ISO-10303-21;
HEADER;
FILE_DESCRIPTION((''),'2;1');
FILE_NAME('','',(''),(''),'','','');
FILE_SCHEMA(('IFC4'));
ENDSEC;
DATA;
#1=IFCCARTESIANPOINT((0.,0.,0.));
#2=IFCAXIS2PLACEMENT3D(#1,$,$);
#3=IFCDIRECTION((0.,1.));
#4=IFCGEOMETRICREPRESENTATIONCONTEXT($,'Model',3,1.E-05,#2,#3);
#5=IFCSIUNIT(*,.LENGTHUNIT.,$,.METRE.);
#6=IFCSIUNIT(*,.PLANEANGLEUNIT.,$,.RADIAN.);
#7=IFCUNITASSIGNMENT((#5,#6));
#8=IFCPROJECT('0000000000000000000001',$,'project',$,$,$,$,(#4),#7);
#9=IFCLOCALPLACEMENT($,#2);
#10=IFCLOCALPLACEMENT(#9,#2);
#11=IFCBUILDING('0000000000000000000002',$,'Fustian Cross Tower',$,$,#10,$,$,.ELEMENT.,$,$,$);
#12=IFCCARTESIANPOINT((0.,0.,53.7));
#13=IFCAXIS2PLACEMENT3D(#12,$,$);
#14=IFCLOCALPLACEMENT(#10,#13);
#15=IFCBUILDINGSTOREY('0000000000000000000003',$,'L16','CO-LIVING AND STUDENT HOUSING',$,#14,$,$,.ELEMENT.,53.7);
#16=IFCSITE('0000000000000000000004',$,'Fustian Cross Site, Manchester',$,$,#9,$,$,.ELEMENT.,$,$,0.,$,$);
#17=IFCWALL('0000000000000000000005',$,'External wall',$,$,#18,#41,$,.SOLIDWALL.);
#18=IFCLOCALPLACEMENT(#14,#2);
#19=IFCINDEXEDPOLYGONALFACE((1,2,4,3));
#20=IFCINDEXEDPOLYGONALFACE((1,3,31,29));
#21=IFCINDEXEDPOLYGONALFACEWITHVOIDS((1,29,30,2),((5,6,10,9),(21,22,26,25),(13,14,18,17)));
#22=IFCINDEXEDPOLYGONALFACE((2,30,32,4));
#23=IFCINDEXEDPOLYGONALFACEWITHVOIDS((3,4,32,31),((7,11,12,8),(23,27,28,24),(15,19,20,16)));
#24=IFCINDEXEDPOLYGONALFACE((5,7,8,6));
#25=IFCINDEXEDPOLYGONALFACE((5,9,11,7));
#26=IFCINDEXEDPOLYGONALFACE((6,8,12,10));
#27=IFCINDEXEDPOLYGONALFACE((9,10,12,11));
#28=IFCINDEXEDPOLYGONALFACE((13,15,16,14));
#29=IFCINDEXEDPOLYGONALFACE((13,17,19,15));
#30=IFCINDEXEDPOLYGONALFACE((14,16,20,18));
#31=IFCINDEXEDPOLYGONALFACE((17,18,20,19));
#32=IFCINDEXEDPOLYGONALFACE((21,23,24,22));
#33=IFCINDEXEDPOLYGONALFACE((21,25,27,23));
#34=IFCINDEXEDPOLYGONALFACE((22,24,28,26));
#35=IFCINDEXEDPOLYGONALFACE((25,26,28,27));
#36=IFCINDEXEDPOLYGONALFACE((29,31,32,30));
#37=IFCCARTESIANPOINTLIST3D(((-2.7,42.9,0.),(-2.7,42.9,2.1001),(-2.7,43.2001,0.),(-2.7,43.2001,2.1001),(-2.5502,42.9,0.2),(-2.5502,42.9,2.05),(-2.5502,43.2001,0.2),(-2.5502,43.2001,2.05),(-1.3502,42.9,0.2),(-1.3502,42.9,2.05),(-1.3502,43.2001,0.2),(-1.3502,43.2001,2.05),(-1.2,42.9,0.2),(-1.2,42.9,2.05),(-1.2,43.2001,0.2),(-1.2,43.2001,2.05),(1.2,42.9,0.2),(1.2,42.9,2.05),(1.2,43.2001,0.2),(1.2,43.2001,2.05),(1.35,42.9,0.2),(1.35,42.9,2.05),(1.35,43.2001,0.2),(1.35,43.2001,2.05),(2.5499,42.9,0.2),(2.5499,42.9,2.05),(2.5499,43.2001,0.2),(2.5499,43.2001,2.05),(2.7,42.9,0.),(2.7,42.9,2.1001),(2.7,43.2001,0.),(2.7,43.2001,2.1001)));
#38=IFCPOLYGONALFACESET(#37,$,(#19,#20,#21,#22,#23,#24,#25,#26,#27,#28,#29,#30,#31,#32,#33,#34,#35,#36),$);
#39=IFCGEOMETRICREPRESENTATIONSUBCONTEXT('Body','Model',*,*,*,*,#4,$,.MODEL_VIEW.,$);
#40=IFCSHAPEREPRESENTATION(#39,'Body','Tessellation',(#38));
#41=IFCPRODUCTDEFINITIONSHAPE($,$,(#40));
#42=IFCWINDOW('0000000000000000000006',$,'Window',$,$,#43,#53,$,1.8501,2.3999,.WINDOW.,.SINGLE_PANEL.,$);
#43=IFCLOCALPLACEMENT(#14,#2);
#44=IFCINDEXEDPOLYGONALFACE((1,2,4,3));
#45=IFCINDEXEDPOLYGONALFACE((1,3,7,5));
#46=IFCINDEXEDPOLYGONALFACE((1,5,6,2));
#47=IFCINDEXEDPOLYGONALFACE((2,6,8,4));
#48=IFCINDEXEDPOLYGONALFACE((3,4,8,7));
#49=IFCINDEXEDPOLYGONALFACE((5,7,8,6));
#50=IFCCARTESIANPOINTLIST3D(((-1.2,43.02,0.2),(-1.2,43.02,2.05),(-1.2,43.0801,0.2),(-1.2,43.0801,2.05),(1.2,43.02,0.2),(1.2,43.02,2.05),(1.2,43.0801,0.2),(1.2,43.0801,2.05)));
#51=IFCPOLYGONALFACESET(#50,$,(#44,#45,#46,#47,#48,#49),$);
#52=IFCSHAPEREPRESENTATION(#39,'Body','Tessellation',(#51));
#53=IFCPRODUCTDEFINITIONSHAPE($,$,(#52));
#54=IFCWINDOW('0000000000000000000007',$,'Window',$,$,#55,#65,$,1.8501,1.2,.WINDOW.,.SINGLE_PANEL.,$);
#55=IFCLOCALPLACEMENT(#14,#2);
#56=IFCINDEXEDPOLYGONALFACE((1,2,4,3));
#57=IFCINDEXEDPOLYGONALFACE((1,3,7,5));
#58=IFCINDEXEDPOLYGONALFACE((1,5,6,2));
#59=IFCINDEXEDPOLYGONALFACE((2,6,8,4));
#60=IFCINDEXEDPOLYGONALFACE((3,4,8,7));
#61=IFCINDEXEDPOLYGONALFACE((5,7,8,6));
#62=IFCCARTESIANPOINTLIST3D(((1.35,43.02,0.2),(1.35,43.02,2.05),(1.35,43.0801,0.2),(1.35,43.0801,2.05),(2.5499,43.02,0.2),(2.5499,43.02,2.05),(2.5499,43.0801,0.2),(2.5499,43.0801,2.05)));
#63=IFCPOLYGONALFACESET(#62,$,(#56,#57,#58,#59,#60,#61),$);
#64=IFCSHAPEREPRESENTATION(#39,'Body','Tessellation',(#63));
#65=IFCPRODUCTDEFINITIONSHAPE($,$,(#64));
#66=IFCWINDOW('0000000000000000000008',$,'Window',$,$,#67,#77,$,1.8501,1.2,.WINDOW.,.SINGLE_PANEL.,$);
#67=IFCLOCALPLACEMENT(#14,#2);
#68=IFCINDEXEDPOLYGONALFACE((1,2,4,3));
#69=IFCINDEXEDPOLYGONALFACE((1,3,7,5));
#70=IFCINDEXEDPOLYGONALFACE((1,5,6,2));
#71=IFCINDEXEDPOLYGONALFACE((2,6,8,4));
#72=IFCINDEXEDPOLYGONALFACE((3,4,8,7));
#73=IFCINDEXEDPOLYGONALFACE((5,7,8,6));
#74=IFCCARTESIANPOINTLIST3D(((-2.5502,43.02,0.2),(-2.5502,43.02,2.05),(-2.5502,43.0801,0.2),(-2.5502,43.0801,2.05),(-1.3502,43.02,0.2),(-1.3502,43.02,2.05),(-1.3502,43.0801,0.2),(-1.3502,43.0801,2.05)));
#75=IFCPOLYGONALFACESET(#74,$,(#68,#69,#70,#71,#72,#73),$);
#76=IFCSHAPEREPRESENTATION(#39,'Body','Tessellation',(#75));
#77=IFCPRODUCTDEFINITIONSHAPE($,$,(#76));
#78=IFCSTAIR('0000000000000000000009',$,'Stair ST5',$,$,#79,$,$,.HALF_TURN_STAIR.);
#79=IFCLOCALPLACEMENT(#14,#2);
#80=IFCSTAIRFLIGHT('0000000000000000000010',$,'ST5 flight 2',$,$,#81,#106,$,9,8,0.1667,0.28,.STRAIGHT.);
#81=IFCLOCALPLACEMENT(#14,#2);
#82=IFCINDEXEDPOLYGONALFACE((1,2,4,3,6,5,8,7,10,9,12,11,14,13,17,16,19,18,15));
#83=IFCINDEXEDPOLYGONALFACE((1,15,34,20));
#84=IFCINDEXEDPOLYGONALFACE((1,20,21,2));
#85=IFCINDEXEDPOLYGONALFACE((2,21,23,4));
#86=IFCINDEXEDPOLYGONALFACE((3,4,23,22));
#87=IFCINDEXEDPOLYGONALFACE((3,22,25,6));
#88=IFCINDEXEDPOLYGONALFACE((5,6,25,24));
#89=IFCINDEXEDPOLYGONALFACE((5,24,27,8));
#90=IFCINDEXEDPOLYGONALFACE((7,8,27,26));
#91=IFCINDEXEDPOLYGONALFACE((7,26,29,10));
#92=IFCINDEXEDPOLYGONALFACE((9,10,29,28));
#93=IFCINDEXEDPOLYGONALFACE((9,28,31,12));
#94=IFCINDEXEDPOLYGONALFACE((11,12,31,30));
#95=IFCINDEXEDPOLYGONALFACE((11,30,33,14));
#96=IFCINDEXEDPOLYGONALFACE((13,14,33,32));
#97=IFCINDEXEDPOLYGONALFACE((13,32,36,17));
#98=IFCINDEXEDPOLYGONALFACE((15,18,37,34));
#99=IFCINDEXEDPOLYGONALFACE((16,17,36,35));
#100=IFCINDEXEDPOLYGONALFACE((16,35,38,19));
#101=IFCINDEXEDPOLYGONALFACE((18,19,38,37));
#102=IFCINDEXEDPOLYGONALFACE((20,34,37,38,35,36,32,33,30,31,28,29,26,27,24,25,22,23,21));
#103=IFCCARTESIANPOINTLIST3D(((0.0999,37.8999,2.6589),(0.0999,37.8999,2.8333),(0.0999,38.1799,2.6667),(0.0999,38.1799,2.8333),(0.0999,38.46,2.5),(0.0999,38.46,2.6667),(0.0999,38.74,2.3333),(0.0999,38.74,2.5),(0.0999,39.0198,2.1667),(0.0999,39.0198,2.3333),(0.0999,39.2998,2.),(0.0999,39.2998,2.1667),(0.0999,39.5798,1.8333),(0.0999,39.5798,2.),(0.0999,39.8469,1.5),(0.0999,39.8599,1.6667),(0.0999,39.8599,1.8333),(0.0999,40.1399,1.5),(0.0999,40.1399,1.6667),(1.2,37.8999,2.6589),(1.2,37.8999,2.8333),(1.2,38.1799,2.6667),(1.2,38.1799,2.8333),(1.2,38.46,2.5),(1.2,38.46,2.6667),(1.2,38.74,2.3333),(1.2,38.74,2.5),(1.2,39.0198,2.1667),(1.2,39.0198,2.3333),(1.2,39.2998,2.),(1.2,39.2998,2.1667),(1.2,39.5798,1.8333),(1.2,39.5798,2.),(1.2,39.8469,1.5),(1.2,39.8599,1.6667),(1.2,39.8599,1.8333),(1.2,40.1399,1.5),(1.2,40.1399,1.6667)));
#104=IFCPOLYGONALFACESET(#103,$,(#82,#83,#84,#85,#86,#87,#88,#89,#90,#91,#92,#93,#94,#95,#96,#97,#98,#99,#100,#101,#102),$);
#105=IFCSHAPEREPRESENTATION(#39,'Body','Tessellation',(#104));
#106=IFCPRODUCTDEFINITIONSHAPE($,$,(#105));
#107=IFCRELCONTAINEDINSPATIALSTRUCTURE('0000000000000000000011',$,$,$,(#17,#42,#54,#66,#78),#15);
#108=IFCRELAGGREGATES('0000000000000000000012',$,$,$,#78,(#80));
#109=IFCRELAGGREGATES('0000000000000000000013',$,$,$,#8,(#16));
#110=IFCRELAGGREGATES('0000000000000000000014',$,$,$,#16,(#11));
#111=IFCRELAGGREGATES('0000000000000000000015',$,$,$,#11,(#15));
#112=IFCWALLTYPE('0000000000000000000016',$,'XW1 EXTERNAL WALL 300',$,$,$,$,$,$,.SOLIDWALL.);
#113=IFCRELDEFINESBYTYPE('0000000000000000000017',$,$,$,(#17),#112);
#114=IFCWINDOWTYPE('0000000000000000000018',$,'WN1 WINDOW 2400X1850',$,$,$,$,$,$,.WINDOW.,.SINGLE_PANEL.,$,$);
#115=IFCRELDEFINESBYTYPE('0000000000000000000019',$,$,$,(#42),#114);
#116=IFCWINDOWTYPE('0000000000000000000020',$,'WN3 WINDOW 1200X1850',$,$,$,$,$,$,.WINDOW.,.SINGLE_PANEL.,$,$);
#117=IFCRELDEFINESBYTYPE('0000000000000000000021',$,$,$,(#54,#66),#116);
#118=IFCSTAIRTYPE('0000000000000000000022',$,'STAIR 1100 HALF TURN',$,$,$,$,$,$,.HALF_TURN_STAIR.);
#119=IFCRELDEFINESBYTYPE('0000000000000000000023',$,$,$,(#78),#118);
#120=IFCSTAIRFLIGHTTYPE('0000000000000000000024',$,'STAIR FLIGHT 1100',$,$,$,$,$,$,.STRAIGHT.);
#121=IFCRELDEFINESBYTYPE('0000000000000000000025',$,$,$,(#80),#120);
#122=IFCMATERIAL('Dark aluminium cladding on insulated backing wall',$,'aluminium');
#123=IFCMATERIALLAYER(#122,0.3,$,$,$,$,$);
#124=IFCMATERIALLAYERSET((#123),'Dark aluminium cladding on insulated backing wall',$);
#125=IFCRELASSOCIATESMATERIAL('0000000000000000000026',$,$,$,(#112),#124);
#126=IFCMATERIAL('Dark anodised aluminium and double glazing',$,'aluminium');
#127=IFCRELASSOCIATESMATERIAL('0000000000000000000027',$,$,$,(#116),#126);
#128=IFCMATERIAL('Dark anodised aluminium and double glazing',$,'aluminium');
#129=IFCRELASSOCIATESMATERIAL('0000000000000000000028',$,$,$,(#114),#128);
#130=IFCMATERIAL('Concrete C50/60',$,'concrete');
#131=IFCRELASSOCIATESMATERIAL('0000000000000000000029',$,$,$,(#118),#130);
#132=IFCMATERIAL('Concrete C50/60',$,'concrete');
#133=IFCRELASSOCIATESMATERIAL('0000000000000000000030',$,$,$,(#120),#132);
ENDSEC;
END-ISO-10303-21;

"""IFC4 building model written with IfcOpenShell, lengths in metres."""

from ifc_helpers import new_model, si_unit, direction, frame, frame_2d, origin, place, context, subcontext, project, spatial, polyline, rectangle, outline, extrude, material, layer, layer_set, type_object, element, fill, aggregate, save


model = new_model("IFC4")

# Units and contexts
model_context = context("Model", 3, precision=1e-05, world=origin(), true_north=direction((0.0, 1.0)))
body_context = subcontext(model_context, "Body", "Model", "MODEL_VIEW")
ifc_project = project(units=[si_unit("LENGTHUNIT", "METRE"), si_unit("PLANEANGLEUNIT", "RADIAN")], contexts=[model_context])

# Site, building, storey
site_placement = place(None, origin())
site = spatial("IfcSite", under=ifc_project, at=site_placement, Name="Fustian Cross Site, Manchester", CompositionType="ELEMENT", RefElevation=0.0)
building_placement = place(site_placement, origin())
building = spatial("IfcBuilding", under=site, at=building_placement, Name="Fustian Cross Tower", CompositionType="ELEMENT")
storey_placement = place(building_placement, frame((0.0, 0.0, 53.7)))
storey = spatial("IfcBuildingStorey", under=building, at=storey_placement, Name="L16", Description="CO-LIVING AND STUDENT HOUSING", CompositionType="ELEMENT", Elevation=53.7)

# Shared definitions
ifc_material_1 = material(Name="Dark aluminium cladding on insulated backing wall", Category="aluminium")
ifc_layer_1 = layer(ifc_material_1, 0.3)
ifc_layer_set_1 = layer_set([ifc_layer_1], Name="Dark aluminium cladding on insulated backing wall")
wall_type_1 = type_object("IfcWallType", Name="XW1 EXTERNAL WALL 300", PredefinedType="SOLIDWALL", material=ifc_layer_set_1)
ifc_material_2 = material(Name="Dark anodised aluminium and double glazing", Category="aluminium")
window_type_1 = type_object("IfcWindowType", Name="WN3 WINDOW 1200X1850", PartitioningType="SINGLE_PANEL", PredefinedType="WINDOW", material=ifc_material_2)

# Wall, openings, windows
wall_1_placement = place(storey_placement, frame((2.7, 43.05, 0.0), z_axis=(0.0, 0.0, 1.0), x_axis=(-1.0, 0.0, 0.0)))
wall_1 = element("IfcWall", 1, at=wall_1_placement, inside=storey, type_object=wall_type_1, Name="External wall", PredefinedType="SOLIDWALL", context=body_context, shape_type="SweptSolid", body=[
    extrude(rectangle(XDim=5.3999, YDim=0.3, at=frame_2d((2.7, 0.0))), origin(), (0.0, 0.0, 1.0), 2.1001),
])
opening_1_placement = place(wall_1_placement, frame((1.5, 0.0, 0.2)))
opening_1 = element("IfcOpeningElement", 2, at=opening_1_placement, cuts=wall_1, PredefinedType="OPENING", context=body_context, shape_type="SweptSolid", body=[
    extrude(rectangle(XDim=2.3999, YDim=1.8501, at=frame_2d((1.2, 0.925))), frame((0.0, 0.1599, 0.0), z_axis=(0.0, -1.0, 0.0), x_axis=(1.0, 0.0, 0.0)), (0.0, 0.0, 1.0), 0.3201),
])
opening_2_placement = place(wall_1_placement, frame((0.1499, 0.0, 0.2)))
opening_2 = element("IfcOpeningElement", 3, at=opening_2_placement, cuts=wall_1, PredefinedType="OPENING", context=body_context, shape_type="SweptSolid", body=[
    extrude(rectangle(XDim=1.2, YDim=1.8501, at=frame_2d((0.6001, 0.925))), frame((0.0, 0.1599, 0.0), z_axis=(0.0, -1.0, 0.0), x_axis=(1.0, 0.0, 0.0)), (0.0, 0.0, 1.0), 0.3201),
])
opening_3_placement = place(wall_1_placement, frame((4.05, 0.0, 0.2)))
opening_3 = element("IfcOpeningElement", 4, at=opening_3_placement, cuts=wall_1, PredefinedType="OPENING", context=body_context, shape_type="SweptSolid", body=[
    extrude(rectangle(XDim=1.2, YDim=1.8501, at=frame_2d((0.6001, 0.925))), frame((0.0, 0.1599, 0.0), z_axis=(0.0, -1.0, 0.0), x_axis=(1.0, 0.0, 0.0)), (0.0, 0.0, 1.0), 0.3201),
])
ifc_material_3 = material(Name="Dark anodised aluminium and double glazing", Category="aluminium")
window_type_2 = type_object("IfcWindowType", Name="WN1 WINDOW 2400X1850", PartitioningType="SINGLE_PANEL", PredefinedType="WINDOW", material=ifc_material_3)
window_1_placement = place(opening_1_placement, origin())
window_1 = element("IfcWindow", 5, at=window_1_placement, inside=storey, type_object=window_type_2, Name="Window", OverallHeight=1.8501, OverallWidth=2.3999, PartitioningType="SINGLE_PANEL", PredefinedType="WINDOW", context=body_context, shape_type="SweptSolid", body=[
    extrude(rectangle(XDim=2.3999, YDim=1.8501, at=frame_2d((1.2, 0.925))), frame((0.0, 0.03, 0.0), z_axis=(0.0, -1.0, 0.0), x_axis=(1.0, 0.0, 0.0)), (0.0, 0.0, 1.0), 0.0601),
])
fill(opening_1, window_1)
window_2_placement = place(opening_2_placement, origin())
window_2 = element("IfcWindow", 6, at=window_2_placement, inside=storey, type_object=window_type_1, Name="Window", OverallHeight=1.8501, OverallWidth=1.2, PartitioningType="SINGLE_PANEL", PredefinedType="WINDOW", context=body_context, shape_type="SweptSolid", body=[
    extrude(rectangle(XDim=1.2, YDim=1.8501, at=frame_2d((0.6001, 0.925))), frame((0.0, 0.03, 0.0), z_axis=(0.0, -1.0, 0.0), x_axis=(1.0, 0.0, 0.0)), (0.0, 0.0, 1.0), 0.0601),
])
fill(opening_2, window_2)
window_3_placement = place(opening_3_placement, origin())
window_3 = element("IfcWindow", 7, at=window_3_placement, inside=storey, type_object=window_type_1, Name="Window", OverallHeight=1.8501, OverallWidth=1.2, PartitioningType="SINGLE_PANEL", PredefinedType="WINDOW", context=body_context, shape_type="SweptSolid", body=[
    extrude(rectangle(XDim=1.2, YDim=1.8501, at=frame_2d((0.6001, 0.925))), frame((0.0, 0.03, 0.0), z_axis=(0.0, -1.0, 0.0), x_axis=(1.0, 0.0, 0.0)), (0.0, 0.0, 1.0), 0.0601),
])
fill(opening_3, window_3)

# Stair, stair flight
ifc_material_4 = material(Name="Concrete C50/60", Category="concrete")
stair_type = type_object("IfcStairType", Name="STAIR 1100 HALF TURN", PredefinedType="HALF_TURN_STAIR", material=ifc_material_4)
stair_placement = place(storey_placement, origin())
stair = element("IfcStair", 8, at=stair_placement, inside=storey, type_object=stair_type, Name="Stair ST5", PredefinedType="HALF_TURN_STAIR")
ifc_material_5 = material(Name="Concrete C50/60", Category="concrete")
stair_flight_type = type_object("IfcStairFlightType", Name="STAIR FLIGHT 1100", PredefinedType="STRAIGHT", material=ifc_material_5)
stair_flight_placement = place(storey_placement, frame((0.6499, 40.1399, 1.5), z_axis=(0.0, 0.0, 1.0), x_axis=(0.0, -1.0, 0.0)))
stair_flight = element("IfcStairFlight", 9, at=stair_flight_placement, type_object=stair_flight_type, Name="ST5 flight 2", NumberOfRisers=9, NumberOfTreads=8, PredefinedType="STRAIGHT", RiserHeight=0.1667, TreadLength=0.28, context=body_context, shape_type="SweptSolid", body=[
    extrude(outline(polyline([(0.0, 0.0), (0.0, 0.1667), (0.28, 0.1667), (0.28, 0.3333), (0.5601, 0.3333), (0.5601, 0.5), (0.8401, 0.5), (0.8401, 0.6667), (1.1201, 0.6667), (1.1201, 0.8333), (1.3999, 0.8333), (1.3999, 1.0), (1.6799, 1.0), (1.6799, 1.1667), (1.96, 1.1667), (1.96, 1.3333), (2.24, 1.3333), (2.24, 1.5), (2.24, 1.1589), (0.293, 0.0), (0.0, 0.0)])), frame((0.0, 0.55, 0.0), z_axis=(0.0, -1.0, 0.0), x_axis=(1.0, 0.0, 0.0)), (0.0, 0.0, 1.0), 1.1001),
])
aggregate(stair, [stair_flight])

save(model, "model.ifc")
